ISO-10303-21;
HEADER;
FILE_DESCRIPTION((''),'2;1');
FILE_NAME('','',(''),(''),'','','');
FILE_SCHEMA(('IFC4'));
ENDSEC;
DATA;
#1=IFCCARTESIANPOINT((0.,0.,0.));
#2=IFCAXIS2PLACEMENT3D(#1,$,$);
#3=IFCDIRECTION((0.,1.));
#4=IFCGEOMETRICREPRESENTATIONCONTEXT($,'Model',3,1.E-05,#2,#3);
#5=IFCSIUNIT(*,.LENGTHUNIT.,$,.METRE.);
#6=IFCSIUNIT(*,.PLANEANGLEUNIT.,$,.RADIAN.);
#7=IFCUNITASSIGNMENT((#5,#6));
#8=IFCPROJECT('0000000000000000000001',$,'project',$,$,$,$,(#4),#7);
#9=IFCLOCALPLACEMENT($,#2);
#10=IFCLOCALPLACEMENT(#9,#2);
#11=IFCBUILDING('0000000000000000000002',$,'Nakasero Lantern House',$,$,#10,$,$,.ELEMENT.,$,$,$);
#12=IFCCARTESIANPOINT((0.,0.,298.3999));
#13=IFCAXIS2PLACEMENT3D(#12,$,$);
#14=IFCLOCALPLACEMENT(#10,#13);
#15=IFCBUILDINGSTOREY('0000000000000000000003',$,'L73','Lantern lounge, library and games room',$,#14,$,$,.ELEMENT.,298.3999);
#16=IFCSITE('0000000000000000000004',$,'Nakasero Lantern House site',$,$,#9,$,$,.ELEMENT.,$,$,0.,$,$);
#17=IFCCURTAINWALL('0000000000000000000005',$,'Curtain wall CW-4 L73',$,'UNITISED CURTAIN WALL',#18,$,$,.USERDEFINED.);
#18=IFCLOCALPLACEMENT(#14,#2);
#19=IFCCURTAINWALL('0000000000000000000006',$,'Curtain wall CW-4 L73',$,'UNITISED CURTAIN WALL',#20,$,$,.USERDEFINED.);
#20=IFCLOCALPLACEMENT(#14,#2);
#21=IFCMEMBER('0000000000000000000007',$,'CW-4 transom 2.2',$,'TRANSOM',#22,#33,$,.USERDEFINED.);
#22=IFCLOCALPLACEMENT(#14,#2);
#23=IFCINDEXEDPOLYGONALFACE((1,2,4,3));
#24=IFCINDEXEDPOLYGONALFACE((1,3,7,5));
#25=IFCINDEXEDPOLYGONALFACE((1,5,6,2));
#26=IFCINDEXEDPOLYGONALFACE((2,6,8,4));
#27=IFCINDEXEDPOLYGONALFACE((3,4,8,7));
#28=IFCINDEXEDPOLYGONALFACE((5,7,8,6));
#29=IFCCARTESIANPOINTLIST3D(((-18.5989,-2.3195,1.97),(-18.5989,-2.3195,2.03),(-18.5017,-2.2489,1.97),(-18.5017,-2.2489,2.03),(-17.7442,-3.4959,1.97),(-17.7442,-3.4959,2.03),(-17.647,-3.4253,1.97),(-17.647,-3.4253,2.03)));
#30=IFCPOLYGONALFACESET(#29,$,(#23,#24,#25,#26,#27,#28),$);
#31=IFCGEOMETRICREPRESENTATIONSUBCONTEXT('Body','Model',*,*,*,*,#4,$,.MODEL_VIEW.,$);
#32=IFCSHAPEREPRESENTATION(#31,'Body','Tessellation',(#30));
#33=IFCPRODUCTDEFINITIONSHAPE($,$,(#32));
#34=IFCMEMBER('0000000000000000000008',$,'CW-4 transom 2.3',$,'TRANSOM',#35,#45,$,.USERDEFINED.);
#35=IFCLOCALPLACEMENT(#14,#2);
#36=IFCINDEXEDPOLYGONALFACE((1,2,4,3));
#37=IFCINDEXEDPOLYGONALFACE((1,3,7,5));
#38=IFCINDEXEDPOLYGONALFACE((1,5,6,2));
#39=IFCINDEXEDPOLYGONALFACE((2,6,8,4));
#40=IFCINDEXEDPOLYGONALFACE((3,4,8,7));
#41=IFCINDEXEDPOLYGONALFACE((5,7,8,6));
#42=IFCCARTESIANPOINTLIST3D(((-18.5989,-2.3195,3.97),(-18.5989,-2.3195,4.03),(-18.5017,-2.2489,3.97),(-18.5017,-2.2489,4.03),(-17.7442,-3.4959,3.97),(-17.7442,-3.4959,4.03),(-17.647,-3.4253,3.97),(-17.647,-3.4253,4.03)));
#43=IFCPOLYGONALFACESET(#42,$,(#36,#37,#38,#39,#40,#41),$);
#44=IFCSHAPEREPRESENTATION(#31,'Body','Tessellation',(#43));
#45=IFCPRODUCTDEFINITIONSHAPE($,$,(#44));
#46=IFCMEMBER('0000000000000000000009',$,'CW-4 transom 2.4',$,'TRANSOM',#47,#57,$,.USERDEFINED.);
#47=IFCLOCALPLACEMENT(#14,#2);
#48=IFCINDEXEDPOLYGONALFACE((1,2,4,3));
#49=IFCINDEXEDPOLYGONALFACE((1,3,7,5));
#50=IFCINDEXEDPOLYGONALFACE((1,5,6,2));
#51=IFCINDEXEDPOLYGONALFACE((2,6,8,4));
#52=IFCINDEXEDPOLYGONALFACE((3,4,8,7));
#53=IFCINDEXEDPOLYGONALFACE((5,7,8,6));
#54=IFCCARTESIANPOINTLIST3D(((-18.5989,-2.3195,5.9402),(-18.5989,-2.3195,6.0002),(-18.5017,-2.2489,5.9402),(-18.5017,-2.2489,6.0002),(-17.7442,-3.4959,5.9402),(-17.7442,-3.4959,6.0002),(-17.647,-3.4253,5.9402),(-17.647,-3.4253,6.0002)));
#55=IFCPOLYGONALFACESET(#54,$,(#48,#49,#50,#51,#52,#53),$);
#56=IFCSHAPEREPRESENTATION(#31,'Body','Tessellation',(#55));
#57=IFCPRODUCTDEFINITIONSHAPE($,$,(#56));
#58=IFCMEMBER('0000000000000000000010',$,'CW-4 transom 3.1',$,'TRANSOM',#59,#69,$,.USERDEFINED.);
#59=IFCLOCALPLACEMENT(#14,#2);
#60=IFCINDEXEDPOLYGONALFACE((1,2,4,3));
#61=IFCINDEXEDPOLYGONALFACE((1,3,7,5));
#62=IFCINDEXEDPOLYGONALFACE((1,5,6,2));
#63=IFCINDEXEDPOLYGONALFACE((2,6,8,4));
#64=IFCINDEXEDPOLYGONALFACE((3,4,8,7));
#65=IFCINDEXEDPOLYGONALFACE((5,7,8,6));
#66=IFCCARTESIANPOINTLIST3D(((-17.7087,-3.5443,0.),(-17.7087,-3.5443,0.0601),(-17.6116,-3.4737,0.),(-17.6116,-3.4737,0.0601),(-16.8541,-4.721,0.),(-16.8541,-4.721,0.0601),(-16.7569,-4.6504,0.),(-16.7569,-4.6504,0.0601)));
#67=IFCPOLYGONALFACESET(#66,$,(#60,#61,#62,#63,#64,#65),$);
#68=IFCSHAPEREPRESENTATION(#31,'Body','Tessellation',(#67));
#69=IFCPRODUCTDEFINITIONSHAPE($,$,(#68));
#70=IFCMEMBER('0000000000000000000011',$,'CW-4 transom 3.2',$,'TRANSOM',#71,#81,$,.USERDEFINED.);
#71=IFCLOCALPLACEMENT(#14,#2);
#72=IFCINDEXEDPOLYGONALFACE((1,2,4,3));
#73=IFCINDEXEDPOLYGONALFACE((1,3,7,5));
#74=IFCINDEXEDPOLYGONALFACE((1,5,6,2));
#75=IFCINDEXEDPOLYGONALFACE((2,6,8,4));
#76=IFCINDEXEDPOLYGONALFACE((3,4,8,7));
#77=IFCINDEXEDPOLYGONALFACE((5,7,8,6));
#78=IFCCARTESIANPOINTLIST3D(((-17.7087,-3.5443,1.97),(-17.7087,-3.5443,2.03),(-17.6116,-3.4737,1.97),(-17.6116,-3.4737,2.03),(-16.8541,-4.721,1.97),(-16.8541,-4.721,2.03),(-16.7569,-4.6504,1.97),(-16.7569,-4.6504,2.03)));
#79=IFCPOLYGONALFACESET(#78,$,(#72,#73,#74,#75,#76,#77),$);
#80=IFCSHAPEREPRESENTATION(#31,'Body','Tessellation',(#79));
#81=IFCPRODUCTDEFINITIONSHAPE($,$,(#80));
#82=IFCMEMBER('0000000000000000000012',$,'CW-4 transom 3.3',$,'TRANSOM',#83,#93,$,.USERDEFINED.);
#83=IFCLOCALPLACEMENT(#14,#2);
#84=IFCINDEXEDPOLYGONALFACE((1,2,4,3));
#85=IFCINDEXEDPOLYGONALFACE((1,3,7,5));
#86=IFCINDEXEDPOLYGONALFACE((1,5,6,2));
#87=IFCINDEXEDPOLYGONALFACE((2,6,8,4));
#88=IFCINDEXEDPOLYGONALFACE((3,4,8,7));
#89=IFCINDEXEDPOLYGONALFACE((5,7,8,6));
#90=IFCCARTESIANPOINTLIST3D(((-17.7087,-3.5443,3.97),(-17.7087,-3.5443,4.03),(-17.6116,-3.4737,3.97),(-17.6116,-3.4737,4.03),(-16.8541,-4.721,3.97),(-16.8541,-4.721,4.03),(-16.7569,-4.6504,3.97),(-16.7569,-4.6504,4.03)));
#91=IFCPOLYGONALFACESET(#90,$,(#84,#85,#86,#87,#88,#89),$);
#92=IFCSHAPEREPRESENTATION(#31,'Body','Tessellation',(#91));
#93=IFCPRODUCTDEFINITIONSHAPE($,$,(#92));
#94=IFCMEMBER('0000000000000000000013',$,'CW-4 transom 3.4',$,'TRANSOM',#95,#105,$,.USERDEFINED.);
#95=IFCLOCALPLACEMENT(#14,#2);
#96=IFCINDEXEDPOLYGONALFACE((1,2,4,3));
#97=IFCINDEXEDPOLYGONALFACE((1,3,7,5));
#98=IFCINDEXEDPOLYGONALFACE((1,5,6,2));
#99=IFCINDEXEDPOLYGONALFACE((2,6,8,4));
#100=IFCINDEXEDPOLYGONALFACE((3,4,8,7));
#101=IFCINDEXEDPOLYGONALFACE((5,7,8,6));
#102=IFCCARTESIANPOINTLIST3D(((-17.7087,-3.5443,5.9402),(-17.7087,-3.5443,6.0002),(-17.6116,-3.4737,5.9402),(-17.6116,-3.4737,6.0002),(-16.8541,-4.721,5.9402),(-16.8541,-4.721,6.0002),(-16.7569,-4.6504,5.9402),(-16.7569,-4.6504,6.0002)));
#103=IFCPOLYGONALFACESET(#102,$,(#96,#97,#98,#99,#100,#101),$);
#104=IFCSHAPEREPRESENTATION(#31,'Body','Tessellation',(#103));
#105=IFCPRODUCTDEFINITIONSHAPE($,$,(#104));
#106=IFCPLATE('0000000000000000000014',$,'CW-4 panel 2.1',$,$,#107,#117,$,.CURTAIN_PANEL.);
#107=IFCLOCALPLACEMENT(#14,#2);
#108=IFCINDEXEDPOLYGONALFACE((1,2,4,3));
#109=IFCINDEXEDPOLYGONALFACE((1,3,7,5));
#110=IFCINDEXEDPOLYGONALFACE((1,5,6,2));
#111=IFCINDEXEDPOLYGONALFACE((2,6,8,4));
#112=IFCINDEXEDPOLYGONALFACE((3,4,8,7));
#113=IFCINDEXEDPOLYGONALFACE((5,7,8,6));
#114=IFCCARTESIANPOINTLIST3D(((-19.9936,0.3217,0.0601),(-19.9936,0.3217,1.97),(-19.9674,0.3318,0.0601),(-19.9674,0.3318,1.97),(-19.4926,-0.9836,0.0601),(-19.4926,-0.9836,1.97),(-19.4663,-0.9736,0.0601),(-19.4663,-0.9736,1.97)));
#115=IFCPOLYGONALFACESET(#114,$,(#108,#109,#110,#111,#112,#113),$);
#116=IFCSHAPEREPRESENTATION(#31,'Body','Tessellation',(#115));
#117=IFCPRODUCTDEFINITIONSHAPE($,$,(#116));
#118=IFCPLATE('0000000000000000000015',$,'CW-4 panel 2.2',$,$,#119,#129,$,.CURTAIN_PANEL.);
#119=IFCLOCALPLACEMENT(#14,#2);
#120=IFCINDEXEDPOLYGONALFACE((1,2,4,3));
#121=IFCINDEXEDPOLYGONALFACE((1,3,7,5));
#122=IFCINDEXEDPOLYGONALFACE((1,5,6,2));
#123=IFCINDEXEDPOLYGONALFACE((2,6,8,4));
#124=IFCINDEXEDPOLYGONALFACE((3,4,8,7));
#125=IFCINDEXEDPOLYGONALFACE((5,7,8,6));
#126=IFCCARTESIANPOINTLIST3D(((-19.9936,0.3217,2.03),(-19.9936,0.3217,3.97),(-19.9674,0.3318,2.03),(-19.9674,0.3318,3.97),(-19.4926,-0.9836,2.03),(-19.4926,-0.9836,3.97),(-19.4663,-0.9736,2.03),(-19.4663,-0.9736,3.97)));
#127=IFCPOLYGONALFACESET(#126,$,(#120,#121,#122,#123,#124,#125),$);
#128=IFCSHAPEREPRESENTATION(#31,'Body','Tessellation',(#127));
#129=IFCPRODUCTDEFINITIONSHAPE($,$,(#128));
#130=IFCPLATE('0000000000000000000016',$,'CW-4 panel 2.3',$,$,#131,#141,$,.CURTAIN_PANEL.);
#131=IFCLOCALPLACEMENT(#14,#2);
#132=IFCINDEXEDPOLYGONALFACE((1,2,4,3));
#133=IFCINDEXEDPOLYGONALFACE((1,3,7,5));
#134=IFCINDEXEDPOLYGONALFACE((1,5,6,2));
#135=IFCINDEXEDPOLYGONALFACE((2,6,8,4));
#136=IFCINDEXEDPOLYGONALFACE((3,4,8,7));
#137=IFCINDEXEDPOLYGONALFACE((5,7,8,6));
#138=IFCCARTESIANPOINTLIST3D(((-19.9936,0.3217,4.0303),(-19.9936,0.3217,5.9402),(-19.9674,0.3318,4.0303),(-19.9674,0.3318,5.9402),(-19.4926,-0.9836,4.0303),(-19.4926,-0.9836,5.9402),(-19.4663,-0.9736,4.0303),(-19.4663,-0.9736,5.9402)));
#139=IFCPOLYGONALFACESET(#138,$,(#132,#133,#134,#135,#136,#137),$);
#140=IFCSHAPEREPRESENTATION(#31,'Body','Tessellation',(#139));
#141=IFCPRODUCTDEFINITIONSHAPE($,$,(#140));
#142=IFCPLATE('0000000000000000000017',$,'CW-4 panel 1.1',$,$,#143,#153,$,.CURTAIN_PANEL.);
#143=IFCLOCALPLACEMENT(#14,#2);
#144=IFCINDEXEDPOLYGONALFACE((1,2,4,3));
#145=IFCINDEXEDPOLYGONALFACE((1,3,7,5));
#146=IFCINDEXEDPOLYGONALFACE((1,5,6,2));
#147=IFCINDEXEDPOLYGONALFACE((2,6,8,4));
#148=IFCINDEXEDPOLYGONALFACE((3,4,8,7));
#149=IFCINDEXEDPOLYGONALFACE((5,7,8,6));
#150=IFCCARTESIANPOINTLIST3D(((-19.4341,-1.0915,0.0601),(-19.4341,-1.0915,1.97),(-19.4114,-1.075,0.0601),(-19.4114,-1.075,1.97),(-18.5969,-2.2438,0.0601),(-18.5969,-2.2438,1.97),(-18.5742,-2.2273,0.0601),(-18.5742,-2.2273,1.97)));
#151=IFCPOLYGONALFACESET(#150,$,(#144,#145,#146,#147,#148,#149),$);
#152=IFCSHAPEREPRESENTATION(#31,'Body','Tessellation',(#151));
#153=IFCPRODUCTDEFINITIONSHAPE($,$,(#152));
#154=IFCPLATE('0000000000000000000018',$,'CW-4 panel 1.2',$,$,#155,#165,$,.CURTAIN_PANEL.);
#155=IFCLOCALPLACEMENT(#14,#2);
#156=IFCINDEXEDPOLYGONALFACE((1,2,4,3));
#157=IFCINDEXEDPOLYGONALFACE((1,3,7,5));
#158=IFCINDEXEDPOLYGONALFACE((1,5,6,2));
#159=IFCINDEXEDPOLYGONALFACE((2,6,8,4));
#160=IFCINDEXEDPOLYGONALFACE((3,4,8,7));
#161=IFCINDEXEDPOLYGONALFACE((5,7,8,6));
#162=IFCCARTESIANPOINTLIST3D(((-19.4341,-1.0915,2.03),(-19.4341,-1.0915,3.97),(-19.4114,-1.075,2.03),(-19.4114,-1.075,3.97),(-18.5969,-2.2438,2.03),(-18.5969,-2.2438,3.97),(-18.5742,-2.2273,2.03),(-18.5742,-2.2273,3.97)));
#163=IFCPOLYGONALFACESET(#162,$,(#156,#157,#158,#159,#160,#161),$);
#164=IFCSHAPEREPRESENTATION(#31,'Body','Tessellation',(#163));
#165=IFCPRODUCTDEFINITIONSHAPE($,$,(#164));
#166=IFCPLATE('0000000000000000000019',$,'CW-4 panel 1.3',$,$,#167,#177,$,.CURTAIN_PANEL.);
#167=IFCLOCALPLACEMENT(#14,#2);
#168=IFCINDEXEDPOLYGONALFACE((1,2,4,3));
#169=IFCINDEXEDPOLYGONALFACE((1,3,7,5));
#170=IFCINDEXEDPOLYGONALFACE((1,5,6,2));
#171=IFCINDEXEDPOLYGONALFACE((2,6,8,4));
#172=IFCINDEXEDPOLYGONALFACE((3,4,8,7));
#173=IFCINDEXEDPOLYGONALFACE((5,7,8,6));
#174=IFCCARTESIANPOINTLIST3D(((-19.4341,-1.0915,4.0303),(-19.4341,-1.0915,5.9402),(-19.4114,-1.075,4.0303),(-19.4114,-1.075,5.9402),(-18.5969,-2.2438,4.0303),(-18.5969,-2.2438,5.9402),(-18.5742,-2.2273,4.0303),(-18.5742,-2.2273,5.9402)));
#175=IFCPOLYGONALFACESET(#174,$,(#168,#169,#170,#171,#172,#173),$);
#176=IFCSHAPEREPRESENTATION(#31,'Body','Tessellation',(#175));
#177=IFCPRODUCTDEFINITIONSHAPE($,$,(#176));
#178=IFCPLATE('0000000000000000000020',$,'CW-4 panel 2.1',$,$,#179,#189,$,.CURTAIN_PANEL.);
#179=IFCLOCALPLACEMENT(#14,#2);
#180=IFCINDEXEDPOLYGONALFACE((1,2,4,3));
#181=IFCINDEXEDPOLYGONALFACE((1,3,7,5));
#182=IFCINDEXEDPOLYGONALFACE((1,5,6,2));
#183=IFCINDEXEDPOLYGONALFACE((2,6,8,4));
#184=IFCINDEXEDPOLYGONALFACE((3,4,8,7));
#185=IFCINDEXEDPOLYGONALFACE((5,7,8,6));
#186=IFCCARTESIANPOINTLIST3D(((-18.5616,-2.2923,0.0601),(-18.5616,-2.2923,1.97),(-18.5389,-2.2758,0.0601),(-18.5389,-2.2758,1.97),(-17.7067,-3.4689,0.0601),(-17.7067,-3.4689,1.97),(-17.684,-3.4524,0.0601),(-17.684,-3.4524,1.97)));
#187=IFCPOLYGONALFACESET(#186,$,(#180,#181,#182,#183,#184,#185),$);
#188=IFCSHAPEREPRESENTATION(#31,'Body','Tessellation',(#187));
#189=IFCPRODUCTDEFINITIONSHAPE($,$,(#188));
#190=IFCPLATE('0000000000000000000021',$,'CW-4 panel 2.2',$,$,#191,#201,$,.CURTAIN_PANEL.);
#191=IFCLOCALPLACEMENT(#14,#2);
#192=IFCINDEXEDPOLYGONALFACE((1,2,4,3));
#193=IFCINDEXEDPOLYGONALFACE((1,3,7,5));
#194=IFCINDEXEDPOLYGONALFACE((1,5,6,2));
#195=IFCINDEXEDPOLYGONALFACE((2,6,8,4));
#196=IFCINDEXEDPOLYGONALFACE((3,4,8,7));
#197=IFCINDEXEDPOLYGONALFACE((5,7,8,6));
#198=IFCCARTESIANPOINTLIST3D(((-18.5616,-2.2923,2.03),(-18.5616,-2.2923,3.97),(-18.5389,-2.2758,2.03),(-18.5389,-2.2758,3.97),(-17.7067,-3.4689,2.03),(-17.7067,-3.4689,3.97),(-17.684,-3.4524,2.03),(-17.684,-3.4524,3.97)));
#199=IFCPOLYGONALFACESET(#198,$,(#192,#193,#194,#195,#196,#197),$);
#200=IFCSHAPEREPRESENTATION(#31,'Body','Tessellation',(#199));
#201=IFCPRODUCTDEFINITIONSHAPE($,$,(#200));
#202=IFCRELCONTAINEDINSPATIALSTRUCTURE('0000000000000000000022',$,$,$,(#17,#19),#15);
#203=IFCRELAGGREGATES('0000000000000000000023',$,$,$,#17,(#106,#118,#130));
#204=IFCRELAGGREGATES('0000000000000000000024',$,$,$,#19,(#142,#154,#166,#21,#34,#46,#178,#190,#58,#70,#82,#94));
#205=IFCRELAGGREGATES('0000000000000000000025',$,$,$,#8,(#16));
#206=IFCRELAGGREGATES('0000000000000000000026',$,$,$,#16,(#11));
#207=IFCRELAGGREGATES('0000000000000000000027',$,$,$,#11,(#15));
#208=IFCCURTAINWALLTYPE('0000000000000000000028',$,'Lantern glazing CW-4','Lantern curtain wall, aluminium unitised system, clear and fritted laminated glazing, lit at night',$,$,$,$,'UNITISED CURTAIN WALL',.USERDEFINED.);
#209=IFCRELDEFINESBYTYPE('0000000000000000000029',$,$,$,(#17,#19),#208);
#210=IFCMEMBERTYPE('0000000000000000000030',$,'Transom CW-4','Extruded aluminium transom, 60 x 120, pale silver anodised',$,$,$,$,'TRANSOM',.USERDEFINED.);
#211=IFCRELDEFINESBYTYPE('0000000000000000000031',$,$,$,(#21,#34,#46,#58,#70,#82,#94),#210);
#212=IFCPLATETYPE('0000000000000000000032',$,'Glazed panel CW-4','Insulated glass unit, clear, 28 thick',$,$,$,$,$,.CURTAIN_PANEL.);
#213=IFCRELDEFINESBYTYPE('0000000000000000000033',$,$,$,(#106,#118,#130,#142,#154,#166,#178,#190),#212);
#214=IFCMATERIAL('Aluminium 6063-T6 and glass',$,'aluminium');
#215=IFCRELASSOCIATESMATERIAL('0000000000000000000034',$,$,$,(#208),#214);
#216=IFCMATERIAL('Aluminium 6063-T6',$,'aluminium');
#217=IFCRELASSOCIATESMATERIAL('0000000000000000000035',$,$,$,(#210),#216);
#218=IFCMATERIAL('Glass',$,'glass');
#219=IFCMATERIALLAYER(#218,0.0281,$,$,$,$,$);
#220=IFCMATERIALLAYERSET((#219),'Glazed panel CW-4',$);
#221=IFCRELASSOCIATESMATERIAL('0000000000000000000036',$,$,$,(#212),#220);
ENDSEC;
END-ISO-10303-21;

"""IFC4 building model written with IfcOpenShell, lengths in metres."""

from ifc_helpers import new_model, si_unit, direction, frame, origin, origin_2d, place, context, subcontext, project, spatial, rectangle, extrude, material, layer, layer_set, material_profile, profile_set, type_object, element, aggregate, save


model = new_model("IFC4")

# Units and contexts
model_context = context("Model", 3, precision=1e-05, world=origin(), true_north=direction((0.0, 1.0)))
body_context = subcontext(model_context, "Body", "Model", "MODEL_VIEW")
ifc_project = project(units=[si_unit("LENGTHUNIT", "METRE"), si_unit("PLANEANGLEUNIT", "RADIAN")], contexts=[model_context])

# Site, building, storey
site_placement = place(None, origin())
site = spatial("IfcSite", under=ifc_project, at=site_placement, Name="Nakasero Lantern House site", CompositionType="ELEMENT", RefElevation=0.0)
building_placement = place(site_placement, origin())
building = spatial("IfcBuilding", under=site, at=building_placement, Name="Nakasero Lantern House", CompositionType="ELEMENT")
storey_placement = place(building_placement, frame((0.0, 0.0, 298.3999)))
storey = spatial("IfcBuildingStorey", under=building, at=storey_placement, Name="L73", Description="Lantern lounge, library and games room", CompositionType="ELEMENT", Elevation=298.3999)

# Curtain wall
ifc_material_1 = material(Name="Aluminium 6063-T6 and glass", Category="aluminium")
curtain_wall_type = type_object("IfcCurtainWallType", Name="Lantern glazing CW-4", Description="Lantern curtain wall, aluminium unitised system, clear and fritted laminated glazing, lit at night", ElementType="UNITISED CURTAIN WALL", PredefinedType="USERDEFINED", material=ifc_material_1)
curtain_wall_1_placement = place(storey_placement, origin())
curtain_wall_1 = element("IfcCurtainWall", 1, at=curtain_wall_1_placement, inside=storey, type_object=curtain_wall_type, Name="Curtain wall CW-4 L73", ObjectType="UNITISED CURTAIN WALL", PredefinedType="USERDEFINED")

# Curtain wall, members
curtain_wall_2_placement = place(storey_placement, origin())
curtain_wall_2 = element("IfcCurtainWall", 2, at=curtain_wall_2_placement, inside=storey, type_object=curtain_wall_type, Name="Curtain wall CW-4 L73", ObjectType="UNITISED CURTAIN WALL", PredefinedType="USERDEFINED")
ifc_material_2 = material(Name="Aluminium 6063-T6", Category="aluminium")
ifc_material_profile_1 = material_profile(ifc_material_2, rectangle(XDim=0.0601, YDim=0.1201, at=origin_2d()), Name="CW-4 transom 60x120")
ifc_profile_set_1 = profile_set([ifc_material_profile_1], Name="Aluminium 6063-T6")
member_type_1 = type_object("IfcMemberType", Name="Transom CW-4", Description="Extruded aluminium transom, 60 x 120, pale silver anodised", ElementType="TRANSOM", PredefinedType="USERDEFINED", material=ifc_profile_set_1)
member_1_placement = place(storey_placement, frame((-18.5503, -2.2842, 2.0), z_axis=(0.587762, -0.809034, 0.0), x_axis=(0.0, 0.0, 1.0)))
member_1 = element("IfcMember", 3, at=member_1_placement, type_object=member_type_1, Name="CW-4 transom 2.2", ObjectType="TRANSOM", PredefinedType="USERDEFINED", context=body_context, shape_type="SweptSolid", body=[
    extrude(rectangle(XDim=0.0601, YDim=0.1201, at=origin_2d()), origin(), (0.0, 0.0, 1.0), 1.4541),
])
member_2_placement = place(storey_placement, frame((-18.5503, -2.2842, 4.0), z_axis=(0.587762, -0.809034, 0.0), x_axis=(0.0, 0.0, 1.0)))
member_2 = element("IfcMember", 4, at=member_2_placement, type_object=member_type_1, Name="CW-4 transom 2.3", ObjectType="TRANSOM", PredefinedType="USERDEFINED", context=body_context, shape_type="SweptSolid", body=[
    extrude(rectangle(XDim=0.0601, YDim=0.1201, at=origin_2d()), origin(), (0.0, 0.0, 1.0), 1.4541),
])
member_3_placement = place(storey_placement, frame((-18.5503, -2.2842, 5.9702), z_axis=(0.587762, -0.809034, 0.0), x_axis=(0.0, 0.0, 1.0)))
member_3 = element("IfcMember", 5, at=member_3_placement, type_object=member_type_1, Name="CW-4 transom 2.4", ObjectType="TRANSOM", PredefinedType="USERDEFINED", context=body_context, shape_type="SweptSolid", body=[
    extrude(rectangle(XDim=0.0601, YDim=0.1201, at=origin_2d()), origin(), (0.0, 0.0, 1.0), 1.4541),
])
member_4_placement = place(storey_placement, frame((-17.6602, -3.509, 0.03), z_axis=(0.587683, -0.809092, 0.0), x_axis=(0.0, 0.0, 1.0)))
member_4 = element("IfcMember", 6, at=member_4_placement, type_object=member_type_1, Name="CW-4 transom 3.1", ObjectType="TRANSOM", PredefinedType="USERDEFINED", context=body_context, shape_type="SweptSolid", body=[
    extrude(rectangle(XDim=0.0601, YDim=0.1201, at=origin_2d()), origin(), (0.0, 0.0, 1.0), 1.4543),
])
member_5_placement = place(storey_placement, frame((-17.6602, -3.509, 2.0), z_axis=(0.587683, -0.809092, 0.0), x_axis=(0.0, 0.0, 1.0)))
member_5 = element("IfcMember", 7, at=member_5_placement, type_object=member_type_1, Name="CW-4 transom 3.2", ObjectType="TRANSOM", PredefinedType="USERDEFINED", context=body_context, shape_type="SweptSolid", body=[
    extrude(rectangle(XDim=0.0601, YDim=0.1201, at=origin_2d()), origin(), (0.0, 0.0, 1.0), 1.4543),
])
member_6_placement = place(storey_placement, frame((-17.6602, -3.509, 4.0), z_axis=(0.587683, -0.809092, 0.0), x_axis=(0.0, 0.0, 1.0)))
member_6 = element("IfcMember", 8, at=member_6_placement, type_object=member_type_1, Name="CW-4 transom 3.3", ObjectType="TRANSOM", PredefinedType="USERDEFINED", context=body_context, shape_type="SweptSolid", body=[
    extrude(rectangle(XDim=0.0601, YDim=0.1201, at=origin_2d()), origin(), (0.0, 0.0, 1.0), 1.4543),
])
member_7_placement = place(storey_placement, frame((-17.6602, -3.509, 5.9702), z_axis=(0.587683, -0.809092, 0.0), x_axis=(0.0, 0.0, 1.0)))
member_7 = element("IfcMember", 9, at=member_7_placement, type_object=member_type_1, Name="CW-4 transom 3.4", ObjectType="TRANSOM", PredefinedType="USERDEFINED", context=body_context, shape_type="SweptSolid", body=[
    extrude(rectangle(XDim=0.0601, YDim=0.1201, at=origin_2d()), origin(), (0.0, 0.0, 1.0), 1.4543),
])

# Plates
ifc_material_3 = material(Name="Glass", Category="glass")
ifc_layer = layer(ifc_material_3, 0.0281)
ifc_layer_set = layer_set([ifc_layer], Name="Glazed panel CW-4")
plate_type = type_object("IfcPlateType", Name="Glazed panel CW-4", Description="Insulated glass unit, clear, 28 thick", PredefinedType="CURTAIN_PANEL", material=ifc_layer_set)
plate_1_placement = place(storey_placement, frame((-19.73, -0.3259, 0.0601), z_axis=(0.0, 0.0, 1.0), x_axis=(0.358368, -0.93358, 0.0)))
plate_1 = element("IfcPlate", 10, at=plate_1_placement, type_object=plate_type, Name="CW-4 panel 2.1", PredefinedType="CURTAIN_PANEL", context=body_context, shape_type="SweptSolid", body=[
    extrude(rectangle(XDim=1.3982, YDim=0.0281, at=origin_2d()), origin(), (0.0, 0.0, 1.0), 1.9099),
])
plate_2_placement = place(storey_placement, frame((-19.73, -0.3259, 2.03), z_axis=(0.0, 0.0, 1.0), x_axis=(0.358368, -0.93358, 0.0)))
plate_2 = element("IfcPlate", 11, at=plate_2_placement, type_object=plate_type, Name="CW-4 panel 2.2", PredefinedType="CURTAIN_PANEL", context=body_context, shape_type="SweptSolid", body=[
    extrude(rectangle(XDim=1.3982, YDim=0.0281, at=origin_2d()), origin(), (0.0, 0.0, 1.0), 1.9399),
])
plate_3_placement = place(storey_placement, frame((-19.73, -0.3259, 4.0303), z_axis=(0.0, 0.0, 1.0), x_axis=(0.358368, -0.93358, 0.0)))
plate_3 = element("IfcPlate", 12, at=plate_3_placement, type_object=plate_type, Name="CW-4 panel 2.3", PredefinedType="CURTAIN_PANEL", context=body_context, shape_type="SweptSolid", body=[
    extrude(rectangle(XDim=1.3982, YDim=0.0281, at=origin_2d()), origin(), (0.0, 0.0, 1.0), 1.9099),
])
aggregate(curtain_wall_1, [plate_1, plate_2, plate_3])
plate_4_placement = place(storey_placement, frame((-19.0042, -1.6594, 0.0601), z_axis=(0.0, 0.0, 1.0), x_axis=(0.587785, -0.809017, 0.0)))
plate_4 = element("IfcPlate", 13, at=plate_4_placement, type_object=plate_type, Name="CW-4 panel 1.1", PredefinedType="CURTAIN_PANEL", context=body_context, shape_type="SweptSolid", body=[
    extrude(rectangle(XDim=1.4243, YDim=0.0281, at=origin_2d()), origin(), (0.0, 0.0, 1.0), 1.9099),
])
plate_5_placement = place(storey_placement, frame((-19.0042, -1.6594, 2.03), z_axis=(0.0, 0.0, 1.0), x_axis=(0.587785, -0.809017, 0.0)))
plate_5 = element("IfcPlate", 14, at=plate_5_placement, type_object=plate_type, Name="CW-4 panel 1.2", PredefinedType="CURTAIN_PANEL", context=body_context, shape_type="SweptSolid", body=[
    extrude(rectangle(XDim=1.4243, YDim=0.0281, at=origin_2d()), origin(), (0.0, 0.0, 1.0), 1.9399),
])
plate_6_placement = place(storey_placement, frame((-19.0042, -1.6594, 4.0303), z_axis=(0.0, 0.0, 1.0), x_axis=(0.587785, -0.809017, 0.0)))
plate_6 = element("IfcPlate", 15, at=plate_6_placement, type_object=plate_type, Name="CW-4 panel 1.3", PredefinedType="CURTAIN_PANEL", context=body_context, shape_type="SweptSolid", body=[
    extrude(rectangle(XDim=1.4243, YDim=0.0281, at=origin_2d()), origin(), (0.0, 0.0, 1.0), 1.9099),
])
plate_7_placement = place(storey_placement, frame((-18.1228, -2.8723, 0.0601), z_axis=(0.0, 0.0, 1.0), x_axis=(0.587785, -0.809017, 0.0)))
plate_7 = element("IfcPlate", 16, at=plate_7_placement, type_object=plate_type, Name="CW-4 panel 2.1", PredefinedType="CURTAIN_PANEL", context=body_context, shape_type="SweptSolid", body=[
    extrude(rectangle(XDim=1.4543, YDim=0.0281, at=origin_2d()), origin(), (0.0, 0.0, 1.0), 1.9099),
])
plate_8_placement = place(storey_placement, frame((-18.1228, -2.8723, 2.03), z_axis=(0.0, 0.0, 1.0), x_axis=(0.587785, -0.809017, 0.0)))
plate_8 = element("IfcPlate", 17, at=plate_8_placement, type_object=plate_type, Name="CW-4 panel 2.2", PredefinedType="CURTAIN_PANEL", context=body_context, shape_type="SweptSolid", body=[
    extrude(rectangle(XDim=1.4543, YDim=0.0281, at=origin_2d()), origin(), (0.0, 0.0, 1.0), 1.9399),
])
aggregate(curtain_wall_2, [plate_4, plate_5, plate_6, member_1, member_2, member_3, plate_7, plate_8, member_4, member_5, member_6, member_7])

save(model, "model.ifc")
